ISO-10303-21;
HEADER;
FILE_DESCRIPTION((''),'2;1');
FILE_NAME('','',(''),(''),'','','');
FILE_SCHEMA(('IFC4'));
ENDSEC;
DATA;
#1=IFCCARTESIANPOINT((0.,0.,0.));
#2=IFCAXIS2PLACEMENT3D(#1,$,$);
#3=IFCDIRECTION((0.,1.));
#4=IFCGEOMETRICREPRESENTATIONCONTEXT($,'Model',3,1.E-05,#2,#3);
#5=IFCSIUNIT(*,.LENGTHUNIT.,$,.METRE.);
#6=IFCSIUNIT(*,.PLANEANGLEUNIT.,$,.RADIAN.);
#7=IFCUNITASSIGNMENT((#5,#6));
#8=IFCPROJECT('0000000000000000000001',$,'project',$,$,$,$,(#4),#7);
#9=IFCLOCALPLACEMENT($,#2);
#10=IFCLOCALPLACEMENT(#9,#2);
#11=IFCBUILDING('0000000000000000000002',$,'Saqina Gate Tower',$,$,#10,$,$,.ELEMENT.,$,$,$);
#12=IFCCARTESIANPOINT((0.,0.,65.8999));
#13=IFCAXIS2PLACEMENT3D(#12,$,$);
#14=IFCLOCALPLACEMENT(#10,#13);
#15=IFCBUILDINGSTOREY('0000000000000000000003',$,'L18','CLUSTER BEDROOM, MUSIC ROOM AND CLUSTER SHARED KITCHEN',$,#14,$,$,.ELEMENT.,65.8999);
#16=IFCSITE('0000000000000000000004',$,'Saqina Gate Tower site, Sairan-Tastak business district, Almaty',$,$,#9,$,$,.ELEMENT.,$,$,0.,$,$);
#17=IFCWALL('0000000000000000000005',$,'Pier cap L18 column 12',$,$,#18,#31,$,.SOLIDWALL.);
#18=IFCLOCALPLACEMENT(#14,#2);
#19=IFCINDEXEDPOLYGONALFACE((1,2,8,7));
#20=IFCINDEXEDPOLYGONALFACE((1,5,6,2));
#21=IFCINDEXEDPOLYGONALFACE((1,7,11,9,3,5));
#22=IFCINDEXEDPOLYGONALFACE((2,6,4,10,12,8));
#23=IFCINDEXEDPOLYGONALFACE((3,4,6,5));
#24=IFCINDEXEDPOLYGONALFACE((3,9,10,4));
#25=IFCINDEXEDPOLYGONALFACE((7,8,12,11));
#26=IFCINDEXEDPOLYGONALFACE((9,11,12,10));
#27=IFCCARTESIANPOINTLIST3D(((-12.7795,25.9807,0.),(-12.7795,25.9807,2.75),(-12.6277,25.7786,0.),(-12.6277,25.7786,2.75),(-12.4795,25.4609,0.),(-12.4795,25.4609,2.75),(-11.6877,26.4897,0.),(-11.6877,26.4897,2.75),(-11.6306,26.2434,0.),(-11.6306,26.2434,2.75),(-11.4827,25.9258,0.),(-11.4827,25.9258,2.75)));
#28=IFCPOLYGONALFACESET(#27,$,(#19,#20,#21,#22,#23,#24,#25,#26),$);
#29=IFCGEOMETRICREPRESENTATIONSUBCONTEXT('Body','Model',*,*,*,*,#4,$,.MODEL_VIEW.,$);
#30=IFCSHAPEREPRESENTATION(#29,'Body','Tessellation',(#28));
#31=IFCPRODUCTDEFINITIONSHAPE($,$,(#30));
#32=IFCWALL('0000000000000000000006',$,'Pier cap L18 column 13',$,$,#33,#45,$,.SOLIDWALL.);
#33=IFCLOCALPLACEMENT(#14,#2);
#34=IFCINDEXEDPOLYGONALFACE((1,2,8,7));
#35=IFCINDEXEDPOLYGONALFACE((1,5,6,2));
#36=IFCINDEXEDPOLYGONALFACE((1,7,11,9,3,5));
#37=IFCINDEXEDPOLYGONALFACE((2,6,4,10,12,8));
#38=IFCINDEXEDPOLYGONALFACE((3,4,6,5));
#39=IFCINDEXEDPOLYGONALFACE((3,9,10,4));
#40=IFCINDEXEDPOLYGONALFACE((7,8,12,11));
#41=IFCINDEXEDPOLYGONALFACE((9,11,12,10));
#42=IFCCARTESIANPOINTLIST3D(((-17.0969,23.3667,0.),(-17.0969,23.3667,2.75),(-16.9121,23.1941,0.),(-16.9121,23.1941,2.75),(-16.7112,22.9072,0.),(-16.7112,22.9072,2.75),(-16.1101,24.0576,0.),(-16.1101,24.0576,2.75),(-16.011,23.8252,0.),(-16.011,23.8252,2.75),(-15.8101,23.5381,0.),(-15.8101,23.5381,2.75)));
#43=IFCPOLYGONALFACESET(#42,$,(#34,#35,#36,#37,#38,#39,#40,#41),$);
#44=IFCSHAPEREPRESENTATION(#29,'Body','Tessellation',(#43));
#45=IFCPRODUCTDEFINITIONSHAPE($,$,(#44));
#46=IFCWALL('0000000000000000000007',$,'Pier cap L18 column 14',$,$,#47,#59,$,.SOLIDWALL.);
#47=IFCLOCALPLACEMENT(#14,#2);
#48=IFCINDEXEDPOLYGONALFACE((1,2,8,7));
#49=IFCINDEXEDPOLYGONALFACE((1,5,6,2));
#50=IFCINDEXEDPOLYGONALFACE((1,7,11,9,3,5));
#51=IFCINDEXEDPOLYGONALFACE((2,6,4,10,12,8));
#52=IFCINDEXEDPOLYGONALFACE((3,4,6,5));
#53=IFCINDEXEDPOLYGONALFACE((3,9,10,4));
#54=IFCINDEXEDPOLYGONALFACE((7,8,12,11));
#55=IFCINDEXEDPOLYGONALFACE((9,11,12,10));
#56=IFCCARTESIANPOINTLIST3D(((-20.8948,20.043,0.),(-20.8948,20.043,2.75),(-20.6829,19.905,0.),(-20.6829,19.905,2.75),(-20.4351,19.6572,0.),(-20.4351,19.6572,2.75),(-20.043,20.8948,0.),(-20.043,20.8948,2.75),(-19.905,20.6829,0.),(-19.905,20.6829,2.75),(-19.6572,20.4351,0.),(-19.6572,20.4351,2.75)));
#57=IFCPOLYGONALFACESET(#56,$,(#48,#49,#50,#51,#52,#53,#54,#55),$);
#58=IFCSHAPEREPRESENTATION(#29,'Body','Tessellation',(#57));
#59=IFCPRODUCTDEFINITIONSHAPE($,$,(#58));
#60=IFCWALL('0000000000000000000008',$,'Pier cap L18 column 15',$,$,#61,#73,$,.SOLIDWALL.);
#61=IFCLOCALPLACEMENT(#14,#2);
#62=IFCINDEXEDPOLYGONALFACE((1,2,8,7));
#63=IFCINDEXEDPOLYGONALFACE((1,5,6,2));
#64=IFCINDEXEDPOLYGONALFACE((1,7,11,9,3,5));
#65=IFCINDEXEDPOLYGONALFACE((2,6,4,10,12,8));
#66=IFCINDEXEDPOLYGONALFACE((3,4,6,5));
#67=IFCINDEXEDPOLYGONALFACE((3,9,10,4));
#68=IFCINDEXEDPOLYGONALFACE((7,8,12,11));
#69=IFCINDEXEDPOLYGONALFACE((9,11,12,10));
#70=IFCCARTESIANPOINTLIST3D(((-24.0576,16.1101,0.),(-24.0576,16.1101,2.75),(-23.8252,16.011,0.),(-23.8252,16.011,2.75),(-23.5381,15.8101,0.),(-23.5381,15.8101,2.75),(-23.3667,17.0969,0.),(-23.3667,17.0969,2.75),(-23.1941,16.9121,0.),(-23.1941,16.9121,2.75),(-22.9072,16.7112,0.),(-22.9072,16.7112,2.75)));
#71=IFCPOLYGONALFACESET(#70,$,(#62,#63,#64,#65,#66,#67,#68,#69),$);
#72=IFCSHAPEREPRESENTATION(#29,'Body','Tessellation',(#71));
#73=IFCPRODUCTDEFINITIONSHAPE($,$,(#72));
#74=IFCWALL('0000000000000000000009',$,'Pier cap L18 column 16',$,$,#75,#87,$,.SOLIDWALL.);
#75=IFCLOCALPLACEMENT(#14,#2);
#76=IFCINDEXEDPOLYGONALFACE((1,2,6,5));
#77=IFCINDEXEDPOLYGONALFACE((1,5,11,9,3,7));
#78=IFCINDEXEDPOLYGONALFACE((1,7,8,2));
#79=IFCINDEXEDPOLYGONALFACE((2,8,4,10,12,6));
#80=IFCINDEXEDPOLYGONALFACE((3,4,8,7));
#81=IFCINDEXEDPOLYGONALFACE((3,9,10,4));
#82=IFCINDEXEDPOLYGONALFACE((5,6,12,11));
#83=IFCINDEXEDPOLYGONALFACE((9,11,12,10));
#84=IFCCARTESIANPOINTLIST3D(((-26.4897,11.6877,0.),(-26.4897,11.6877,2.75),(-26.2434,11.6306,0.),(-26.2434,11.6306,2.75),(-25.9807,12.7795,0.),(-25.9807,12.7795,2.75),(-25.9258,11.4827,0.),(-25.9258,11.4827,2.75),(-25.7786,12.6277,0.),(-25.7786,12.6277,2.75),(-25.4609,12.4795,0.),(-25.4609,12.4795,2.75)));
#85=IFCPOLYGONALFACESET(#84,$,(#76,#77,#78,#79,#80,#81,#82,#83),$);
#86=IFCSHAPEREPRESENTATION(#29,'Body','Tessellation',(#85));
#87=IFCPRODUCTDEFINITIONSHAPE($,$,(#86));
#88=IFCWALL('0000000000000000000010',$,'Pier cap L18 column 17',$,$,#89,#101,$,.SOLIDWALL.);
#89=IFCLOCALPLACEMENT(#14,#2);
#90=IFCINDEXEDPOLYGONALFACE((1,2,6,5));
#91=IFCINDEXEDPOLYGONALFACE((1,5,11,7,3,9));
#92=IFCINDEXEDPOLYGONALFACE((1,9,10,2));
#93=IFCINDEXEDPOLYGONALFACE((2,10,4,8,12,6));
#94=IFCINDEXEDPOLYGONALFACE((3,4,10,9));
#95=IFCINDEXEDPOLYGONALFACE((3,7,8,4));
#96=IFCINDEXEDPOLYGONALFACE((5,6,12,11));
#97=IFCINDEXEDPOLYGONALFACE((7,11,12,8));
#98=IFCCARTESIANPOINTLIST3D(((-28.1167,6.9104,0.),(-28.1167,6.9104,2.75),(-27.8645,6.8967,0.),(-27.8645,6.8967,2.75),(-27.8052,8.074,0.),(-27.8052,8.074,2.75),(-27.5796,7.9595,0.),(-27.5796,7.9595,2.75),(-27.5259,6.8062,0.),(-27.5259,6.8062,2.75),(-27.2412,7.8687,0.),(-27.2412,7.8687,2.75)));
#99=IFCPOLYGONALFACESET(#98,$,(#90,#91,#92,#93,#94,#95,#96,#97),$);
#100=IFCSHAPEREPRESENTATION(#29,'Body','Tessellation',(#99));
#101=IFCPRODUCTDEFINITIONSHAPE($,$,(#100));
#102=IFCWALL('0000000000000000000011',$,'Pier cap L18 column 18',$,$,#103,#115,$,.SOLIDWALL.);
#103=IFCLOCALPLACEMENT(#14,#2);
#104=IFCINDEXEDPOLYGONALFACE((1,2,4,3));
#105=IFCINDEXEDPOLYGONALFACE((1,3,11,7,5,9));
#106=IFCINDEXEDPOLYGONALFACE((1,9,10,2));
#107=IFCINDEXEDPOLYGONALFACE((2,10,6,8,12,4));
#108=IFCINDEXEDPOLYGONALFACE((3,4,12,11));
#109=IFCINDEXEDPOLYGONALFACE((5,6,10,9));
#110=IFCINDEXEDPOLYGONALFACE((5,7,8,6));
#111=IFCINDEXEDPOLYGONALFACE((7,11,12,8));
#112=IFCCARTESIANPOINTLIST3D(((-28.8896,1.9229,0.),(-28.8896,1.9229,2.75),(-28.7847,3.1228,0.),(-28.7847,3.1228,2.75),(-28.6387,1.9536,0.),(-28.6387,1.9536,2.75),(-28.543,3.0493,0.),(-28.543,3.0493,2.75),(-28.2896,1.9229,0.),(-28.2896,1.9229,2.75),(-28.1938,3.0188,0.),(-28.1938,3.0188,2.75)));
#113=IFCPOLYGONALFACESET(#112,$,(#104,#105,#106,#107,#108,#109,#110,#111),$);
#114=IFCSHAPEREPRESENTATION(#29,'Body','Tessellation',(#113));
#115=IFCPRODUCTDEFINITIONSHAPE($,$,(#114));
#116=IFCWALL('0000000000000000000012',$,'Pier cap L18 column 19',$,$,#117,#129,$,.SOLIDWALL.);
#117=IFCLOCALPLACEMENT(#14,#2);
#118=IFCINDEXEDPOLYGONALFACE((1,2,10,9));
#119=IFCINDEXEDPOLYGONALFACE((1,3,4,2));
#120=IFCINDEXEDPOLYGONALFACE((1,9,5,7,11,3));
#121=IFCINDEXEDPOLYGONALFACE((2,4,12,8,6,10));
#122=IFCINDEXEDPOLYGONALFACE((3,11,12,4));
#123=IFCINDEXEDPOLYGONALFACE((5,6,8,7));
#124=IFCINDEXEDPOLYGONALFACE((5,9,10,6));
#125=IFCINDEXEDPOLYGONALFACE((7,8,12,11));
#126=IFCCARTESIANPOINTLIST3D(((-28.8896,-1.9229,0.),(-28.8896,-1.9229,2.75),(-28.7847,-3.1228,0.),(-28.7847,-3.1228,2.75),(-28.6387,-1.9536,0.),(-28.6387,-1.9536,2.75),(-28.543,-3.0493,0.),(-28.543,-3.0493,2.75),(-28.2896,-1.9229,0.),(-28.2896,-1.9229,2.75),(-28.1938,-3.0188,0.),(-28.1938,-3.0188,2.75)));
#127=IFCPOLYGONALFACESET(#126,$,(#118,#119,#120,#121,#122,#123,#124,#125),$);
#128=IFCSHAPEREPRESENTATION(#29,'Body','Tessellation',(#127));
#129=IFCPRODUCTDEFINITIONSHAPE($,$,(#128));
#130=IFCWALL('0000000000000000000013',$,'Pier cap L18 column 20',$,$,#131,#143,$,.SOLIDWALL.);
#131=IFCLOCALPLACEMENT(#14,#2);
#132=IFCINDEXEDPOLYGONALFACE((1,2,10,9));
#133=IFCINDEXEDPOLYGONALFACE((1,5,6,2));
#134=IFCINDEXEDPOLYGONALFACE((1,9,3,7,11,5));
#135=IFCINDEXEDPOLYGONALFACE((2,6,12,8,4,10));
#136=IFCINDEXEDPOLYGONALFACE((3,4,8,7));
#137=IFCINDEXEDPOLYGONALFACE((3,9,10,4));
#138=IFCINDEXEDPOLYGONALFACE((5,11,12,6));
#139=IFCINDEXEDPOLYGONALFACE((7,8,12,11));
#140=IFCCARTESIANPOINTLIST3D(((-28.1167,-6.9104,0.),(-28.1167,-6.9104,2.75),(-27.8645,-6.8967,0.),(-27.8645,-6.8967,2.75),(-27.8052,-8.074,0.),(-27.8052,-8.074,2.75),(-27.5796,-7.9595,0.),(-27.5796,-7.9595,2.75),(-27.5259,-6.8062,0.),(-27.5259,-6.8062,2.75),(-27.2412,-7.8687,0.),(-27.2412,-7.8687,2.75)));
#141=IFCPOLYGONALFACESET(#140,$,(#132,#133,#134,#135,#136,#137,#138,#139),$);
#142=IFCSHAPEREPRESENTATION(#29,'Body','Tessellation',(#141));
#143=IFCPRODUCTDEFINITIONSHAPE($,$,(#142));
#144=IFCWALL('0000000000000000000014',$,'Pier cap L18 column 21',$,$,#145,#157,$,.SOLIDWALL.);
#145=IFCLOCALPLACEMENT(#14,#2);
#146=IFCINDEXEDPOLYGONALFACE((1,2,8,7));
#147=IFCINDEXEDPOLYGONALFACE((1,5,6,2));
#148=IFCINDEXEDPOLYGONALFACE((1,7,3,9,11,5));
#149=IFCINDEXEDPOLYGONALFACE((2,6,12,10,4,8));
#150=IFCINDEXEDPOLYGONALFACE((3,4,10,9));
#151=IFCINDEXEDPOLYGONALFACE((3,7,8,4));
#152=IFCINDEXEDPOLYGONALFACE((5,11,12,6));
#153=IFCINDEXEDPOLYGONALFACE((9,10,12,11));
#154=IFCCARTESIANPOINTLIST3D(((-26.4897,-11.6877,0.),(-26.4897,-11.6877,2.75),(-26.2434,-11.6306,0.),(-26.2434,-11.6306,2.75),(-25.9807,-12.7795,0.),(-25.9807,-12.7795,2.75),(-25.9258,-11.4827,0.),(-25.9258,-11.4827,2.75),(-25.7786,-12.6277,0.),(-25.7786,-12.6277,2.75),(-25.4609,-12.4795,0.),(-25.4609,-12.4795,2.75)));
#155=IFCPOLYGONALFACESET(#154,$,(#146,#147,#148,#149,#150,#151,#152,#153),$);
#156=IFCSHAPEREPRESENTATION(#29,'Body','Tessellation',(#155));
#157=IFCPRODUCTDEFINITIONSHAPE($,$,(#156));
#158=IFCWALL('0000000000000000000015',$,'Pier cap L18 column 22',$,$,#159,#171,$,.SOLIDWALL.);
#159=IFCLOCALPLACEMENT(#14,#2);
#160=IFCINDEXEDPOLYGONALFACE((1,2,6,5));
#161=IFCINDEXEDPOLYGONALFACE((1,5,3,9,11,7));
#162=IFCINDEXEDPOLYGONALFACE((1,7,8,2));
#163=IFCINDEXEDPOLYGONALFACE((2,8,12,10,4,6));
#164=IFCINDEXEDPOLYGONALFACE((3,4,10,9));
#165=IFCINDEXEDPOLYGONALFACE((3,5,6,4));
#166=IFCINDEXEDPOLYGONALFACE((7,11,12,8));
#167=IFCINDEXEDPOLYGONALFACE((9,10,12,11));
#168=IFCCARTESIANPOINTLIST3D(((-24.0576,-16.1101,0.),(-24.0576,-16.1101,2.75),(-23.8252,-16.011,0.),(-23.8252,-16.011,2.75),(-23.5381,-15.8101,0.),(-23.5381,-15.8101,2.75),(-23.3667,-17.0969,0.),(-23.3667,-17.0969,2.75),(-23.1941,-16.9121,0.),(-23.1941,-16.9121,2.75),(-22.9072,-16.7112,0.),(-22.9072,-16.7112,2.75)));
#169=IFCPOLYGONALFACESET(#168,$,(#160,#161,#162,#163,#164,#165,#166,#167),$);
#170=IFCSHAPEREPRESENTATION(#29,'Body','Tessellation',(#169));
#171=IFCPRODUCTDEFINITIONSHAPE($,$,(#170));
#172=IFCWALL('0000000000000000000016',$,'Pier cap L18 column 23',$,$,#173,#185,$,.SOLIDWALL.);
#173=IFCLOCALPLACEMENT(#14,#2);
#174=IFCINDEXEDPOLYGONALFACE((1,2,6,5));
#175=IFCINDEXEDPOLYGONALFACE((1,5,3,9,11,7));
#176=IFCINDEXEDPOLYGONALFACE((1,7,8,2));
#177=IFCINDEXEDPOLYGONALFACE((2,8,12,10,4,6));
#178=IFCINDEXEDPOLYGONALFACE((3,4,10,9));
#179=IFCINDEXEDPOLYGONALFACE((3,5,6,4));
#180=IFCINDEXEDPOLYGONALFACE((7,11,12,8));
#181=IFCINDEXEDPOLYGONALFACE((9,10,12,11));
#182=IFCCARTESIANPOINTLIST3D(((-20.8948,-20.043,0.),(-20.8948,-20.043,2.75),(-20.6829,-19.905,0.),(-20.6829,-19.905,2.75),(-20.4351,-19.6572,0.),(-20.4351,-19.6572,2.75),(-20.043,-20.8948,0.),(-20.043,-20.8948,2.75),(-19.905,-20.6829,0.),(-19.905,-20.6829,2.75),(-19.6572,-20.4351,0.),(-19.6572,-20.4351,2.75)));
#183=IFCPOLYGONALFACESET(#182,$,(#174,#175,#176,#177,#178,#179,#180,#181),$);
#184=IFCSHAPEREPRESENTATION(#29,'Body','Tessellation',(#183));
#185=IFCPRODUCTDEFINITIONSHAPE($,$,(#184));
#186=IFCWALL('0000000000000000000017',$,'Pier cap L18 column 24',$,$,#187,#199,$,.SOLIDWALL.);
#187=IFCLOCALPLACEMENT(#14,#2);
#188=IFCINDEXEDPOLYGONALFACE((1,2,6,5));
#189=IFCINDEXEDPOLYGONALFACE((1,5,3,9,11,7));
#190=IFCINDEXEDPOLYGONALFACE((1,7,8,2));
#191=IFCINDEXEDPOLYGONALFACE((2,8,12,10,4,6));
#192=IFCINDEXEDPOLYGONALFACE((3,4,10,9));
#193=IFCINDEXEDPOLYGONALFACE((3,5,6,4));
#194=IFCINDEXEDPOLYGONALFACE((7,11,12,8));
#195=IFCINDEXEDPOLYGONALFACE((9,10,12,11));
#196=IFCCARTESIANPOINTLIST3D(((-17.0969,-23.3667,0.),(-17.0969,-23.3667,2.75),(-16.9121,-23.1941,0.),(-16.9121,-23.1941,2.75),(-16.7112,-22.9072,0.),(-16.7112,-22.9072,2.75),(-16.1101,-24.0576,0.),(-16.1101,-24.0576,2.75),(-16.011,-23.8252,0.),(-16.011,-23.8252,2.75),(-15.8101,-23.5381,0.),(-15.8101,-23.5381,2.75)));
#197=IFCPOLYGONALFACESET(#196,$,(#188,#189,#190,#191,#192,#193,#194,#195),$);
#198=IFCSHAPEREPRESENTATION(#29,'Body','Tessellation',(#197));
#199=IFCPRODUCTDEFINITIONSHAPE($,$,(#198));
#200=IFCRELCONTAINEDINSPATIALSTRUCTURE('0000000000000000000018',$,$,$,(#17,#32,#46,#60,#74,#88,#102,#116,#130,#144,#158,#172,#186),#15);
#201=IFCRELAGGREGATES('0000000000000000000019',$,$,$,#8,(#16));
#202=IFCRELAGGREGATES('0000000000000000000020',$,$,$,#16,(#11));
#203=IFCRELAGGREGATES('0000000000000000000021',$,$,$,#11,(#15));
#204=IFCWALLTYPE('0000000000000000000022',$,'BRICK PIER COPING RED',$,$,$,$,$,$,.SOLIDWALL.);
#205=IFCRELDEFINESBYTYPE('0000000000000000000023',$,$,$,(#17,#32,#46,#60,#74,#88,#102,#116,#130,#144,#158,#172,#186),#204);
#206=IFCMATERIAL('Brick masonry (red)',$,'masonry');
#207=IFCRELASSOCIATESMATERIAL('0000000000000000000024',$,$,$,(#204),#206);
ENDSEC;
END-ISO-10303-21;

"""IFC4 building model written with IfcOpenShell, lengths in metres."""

from ifc_helpers import new_model, si_unit, direction, frame, origin, place, context, subcontext, project, spatial, polyline, outline, extrude, material, type_object, element, save


model = new_model("IFC4")

# Units and contexts
model_context = context("Model", 3, precision=1e-05, world=origin(), true_north=direction((0.0, 1.0)))
body_context = subcontext(model_context, "Body", "Model", "MODEL_VIEW")
ifc_project = project(units=[si_unit("LENGTHUNIT", "METRE"), si_unit("PLANEANGLEUNIT", "RADIAN")], contexts=[model_context])

# Site, building, storey
site_placement = place(None, origin())
site = spatial("IfcSite", under=ifc_project, at=site_placement, Name="Saqina Gate Tower site, Sairan-Tastak business district, Almaty", CompositionType="ELEMENT", RefElevation=0.0)
building_placement = place(site_placement, origin())
building = spatial("IfcBuilding", under=site, at=building_placement, Name="Saqina Gate Tower", CompositionType="ELEMENT")
storey_placement = place(building_placement, frame((0.0, 0.0, 65.8999)))
storey = spatial("IfcBuildingStorey", under=building, at=storey_placement, Name="L18", Description="CLUSTER BEDROOM, MUSIC ROOM AND CLUSTER SHARED KITCHEN", CompositionType="ELEMENT", Elevation=65.8999)

# Walls
ifc_material_1 = material(Name="Brick masonry (red)", Category="masonry")
wall_type = type_object("IfcWallType", Name="BRICK PIER COPING RED", PredefinedType="SOLIDWALL", material=ifc_material_1)
wall_1_placement = place(storey_placement, origin())
element("IfcWall", 1, at=wall_1_placement, inside=storey, type_object=wall_type, Name="Pier cap L18 column 12", PredefinedType="SOLIDWALL", context=body_context, shape_type="SweptSolid", body=[
    extrude(outline(polyline([(-12.7795, 25.9807), (-12.4795, 25.4609), (-12.6277, 25.7786), (-11.6306, 26.2434), (-11.4827, 25.9258), (-11.6877, 26.4897), (-12.7795, 25.9807)])), origin(), (0.0, 0.0, 1.0), 2.75),
])
wall_2_placement = place(storey_placement, origin())
element("IfcWall", 2, at=wall_2_placement, inside=storey, type_object=wall_type, Name="Pier cap L18 column 13", PredefinedType="SOLIDWALL", context=body_context, shape_type="SweptSolid", body=[
    extrude(outline(polyline([(-16.1101, 24.0576), (-17.0969, 23.3667), (-16.7112, 22.9072), (-16.9121, 23.1941), (-16.011, 23.8252), (-15.8101, 23.5381), (-16.1101, 24.0576)])), origin(), (0.0, 0.0, 1.0), 2.75),
])
wall_3_placement = place(storey_placement, origin())
element("IfcWall", 3, at=wall_3_placement, inside=storey, type_object=wall_type, Name="Pier cap L18 column 14", PredefinedType="SOLIDWALL", context=body_context, shape_type="SweptSolid", body=[
    extrude(outline(polyline([(-20.8948, 20.043), (-20.4351, 19.6572), (-20.6829, 19.905), (-19.905, 20.6829), (-19.6572, 20.4351), (-20.043, 20.8948), (-20.8948, 20.043)])), origin(), (0.0, 0.0, 1.0), 2.75),
])
wall_4_placement = place(storey_placement, origin())
element("IfcWall", 4, at=wall_4_placement, inside=storey, type_object=wall_type, Name="Pier cap L18 column 15", PredefinedType="SOLIDWALL", context=body_context, shape_type="SweptSolid", body=[
    extrude(outline(polyline([(-23.3667, 17.0969), (-24.0576, 16.1101), (-23.5381, 15.8101), (-23.8252, 16.011), (-23.1941, 16.9121), (-22.9072, 16.7112), (-23.3667, 17.0969)])), origin(), (0.0, 0.0, 1.0), 2.75),
])
wall_5_placement = place(storey_placement, origin())
element("IfcWall", 5, at=wall_5_placement, inside=storey, type_object=wall_type, Name="Pier cap L18 column 16", PredefinedType="SOLIDWALL", context=body_context, shape_type="SweptSolid", body=[
    extrude(outline(polyline([(-26.4897, 11.6877), (-25.9258, 11.4827), (-26.2434, 11.6306), (-25.7786, 12.6277), (-25.4609, 12.4795), (-25.9807, 12.7795), (-26.4897, 11.6877)])), origin(), (0.0, 0.0, 1.0), 2.75),
])
wall_6_placement = place(storey_placement, origin())
element("IfcWall", 6, at=wall_6_placement, inside=storey, type_object=wall_type, Name="Pier cap L18 column 17", PredefinedType="SOLIDWALL", context=body_context, shape_type="SweptSolid", body=[
    extrude(outline(polyline([(-28.1167, 6.9104), (-27.5259, 6.8062), (-27.8645, 6.8967), (-27.5796, 7.9595), (-27.2412, 7.8687), (-27.8052, 8.074), (-28.1167, 6.9104)])), origin(), (0.0, 0.0, 1.0), 2.75),
])
wall_7_placement = place(storey_placement, origin())
element("IfcWall", 7, at=wall_7_placement, inside=storey, type_object=wall_type, Name="Pier cap L18 column 18", PredefinedType="SOLIDWALL", context=body_context, shape_type="SweptSolid", body=[
    extrude(outline(polyline([(-28.7847, 3.1228), (-28.8896, 1.9229), (-28.2896, 1.9229), (-28.6387, 1.9536), (-28.543, 3.0493), (-28.1938, 3.0188), (-28.7847, 3.1228)])), origin(), (0.0, 0.0, 1.0), 2.75),
])
wall_8_placement = place(storey_placement, origin())
element("IfcWall", 8, at=wall_8_placement, inside=storey, type_object=wall_type, Name="Pier cap L18 column 19", PredefinedType="SOLIDWALL", context=body_context, shape_type="SweptSolid", body=[
    extrude(outline(polyline([(-28.8896, -1.9229), (-28.7847, -3.1228), (-28.1938, -3.0188), (-28.543, -3.0493), (-28.6387, -1.9536), (-28.2896, -1.9229), (-28.8896, -1.9229)])), origin(), (0.0, 0.0, 1.0), 2.75),
])
wall_9_placement = place(storey_placement, origin())
element("IfcWall", 9, at=wall_9_placement, inside=storey, type_object=wall_type, Name="Pier cap L18 column 20", PredefinedType="SOLIDWALL", context=body_context, shape_type="SweptSolid", body=[
    extrude(outline(polyline([(-28.1167, -6.9104), (-27.8052, -8.074), (-27.2412, -7.8687), (-27.5796, -7.9595), (-27.8645, -6.8967), (-27.5259, -6.8062), (-28.1167, -6.9104)])), origin(), (0.0, 0.0, 1.0), 2.75),
])
wall_10_placement = place(storey_placement, origin())
element("IfcWall", 10, at=wall_10_placement, inside=storey, type_object=wall_type, Name="Pier cap L18 column 21", PredefinedType="SOLIDWALL", context=body_context, shape_type="SweptSolid", body=[
    extrude(outline(polyline([(-25.9807, -12.7795), (-25.4609, -12.4795), (-25.7786, -12.6277), (-26.2434, -11.6306), (-25.9258, -11.4827), (-26.4897, -11.6877), (-25.9807, -12.7795)])), origin(), (0.0, 0.0, 1.0), 2.75),
])
wall_11_placement = place(storey_placement, origin())
element("IfcWall", 11, at=wall_11_placement, inside=storey, type_object=wall_type, Name="Pier cap L18 column 22", PredefinedType="SOLIDWALL", context=body_context, shape_type="SweptSolid", body=[
    extrude(outline(polyline([(-24.0576, -16.1101), (-23.3667, -17.0969), (-22.9072, -16.7112), (-23.1941, -16.9121), (-23.8252, -16.011), (-23.5381, -15.8101), (-24.0576, -16.1101)])), origin(), (0.0, 0.0, 1.0), 2.75),
])
wall_12_placement = place(storey_placement, origin())
element("IfcWall", 12, at=wall_12_placement, inside=storey, type_object=wall_type, Name="Pier cap L18 column 23", PredefinedType="SOLIDWALL", context=body_context, shape_type="SweptSolid", body=[
    extrude(outline(polyline([(-20.043, -20.8948), (-19.6572, -20.4351), (-19.905, -20.6829), (-20.6829, -19.905), (-20.4351, -19.6572), (-20.8948, -20.043), (-20.043, -20.8948)])), origin(), (0.0, 0.0, 1.0), 2.75),
])
wall_13_placement = place(storey_placement, origin())
element("IfcWall", 13, at=wall_13_placement, inside=storey, type_object=wall_type, Name="Pier cap L18 column 24", PredefinedType="SOLIDWALL", context=body_context, shape_type="SweptSolid", body=[
    extrude(outline(polyline([(-17.0969, -23.3667), (-16.1101, -24.0576), (-15.8101, -23.5381), (-16.011, -23.8252), (-16.9121, -23.1941), (-16.7112, -22.9072), (-17.0969, -23.3667)])), origin(), (0.0, 0.0, 1.0), 2.75),
])

save(model, "model.ifc")
